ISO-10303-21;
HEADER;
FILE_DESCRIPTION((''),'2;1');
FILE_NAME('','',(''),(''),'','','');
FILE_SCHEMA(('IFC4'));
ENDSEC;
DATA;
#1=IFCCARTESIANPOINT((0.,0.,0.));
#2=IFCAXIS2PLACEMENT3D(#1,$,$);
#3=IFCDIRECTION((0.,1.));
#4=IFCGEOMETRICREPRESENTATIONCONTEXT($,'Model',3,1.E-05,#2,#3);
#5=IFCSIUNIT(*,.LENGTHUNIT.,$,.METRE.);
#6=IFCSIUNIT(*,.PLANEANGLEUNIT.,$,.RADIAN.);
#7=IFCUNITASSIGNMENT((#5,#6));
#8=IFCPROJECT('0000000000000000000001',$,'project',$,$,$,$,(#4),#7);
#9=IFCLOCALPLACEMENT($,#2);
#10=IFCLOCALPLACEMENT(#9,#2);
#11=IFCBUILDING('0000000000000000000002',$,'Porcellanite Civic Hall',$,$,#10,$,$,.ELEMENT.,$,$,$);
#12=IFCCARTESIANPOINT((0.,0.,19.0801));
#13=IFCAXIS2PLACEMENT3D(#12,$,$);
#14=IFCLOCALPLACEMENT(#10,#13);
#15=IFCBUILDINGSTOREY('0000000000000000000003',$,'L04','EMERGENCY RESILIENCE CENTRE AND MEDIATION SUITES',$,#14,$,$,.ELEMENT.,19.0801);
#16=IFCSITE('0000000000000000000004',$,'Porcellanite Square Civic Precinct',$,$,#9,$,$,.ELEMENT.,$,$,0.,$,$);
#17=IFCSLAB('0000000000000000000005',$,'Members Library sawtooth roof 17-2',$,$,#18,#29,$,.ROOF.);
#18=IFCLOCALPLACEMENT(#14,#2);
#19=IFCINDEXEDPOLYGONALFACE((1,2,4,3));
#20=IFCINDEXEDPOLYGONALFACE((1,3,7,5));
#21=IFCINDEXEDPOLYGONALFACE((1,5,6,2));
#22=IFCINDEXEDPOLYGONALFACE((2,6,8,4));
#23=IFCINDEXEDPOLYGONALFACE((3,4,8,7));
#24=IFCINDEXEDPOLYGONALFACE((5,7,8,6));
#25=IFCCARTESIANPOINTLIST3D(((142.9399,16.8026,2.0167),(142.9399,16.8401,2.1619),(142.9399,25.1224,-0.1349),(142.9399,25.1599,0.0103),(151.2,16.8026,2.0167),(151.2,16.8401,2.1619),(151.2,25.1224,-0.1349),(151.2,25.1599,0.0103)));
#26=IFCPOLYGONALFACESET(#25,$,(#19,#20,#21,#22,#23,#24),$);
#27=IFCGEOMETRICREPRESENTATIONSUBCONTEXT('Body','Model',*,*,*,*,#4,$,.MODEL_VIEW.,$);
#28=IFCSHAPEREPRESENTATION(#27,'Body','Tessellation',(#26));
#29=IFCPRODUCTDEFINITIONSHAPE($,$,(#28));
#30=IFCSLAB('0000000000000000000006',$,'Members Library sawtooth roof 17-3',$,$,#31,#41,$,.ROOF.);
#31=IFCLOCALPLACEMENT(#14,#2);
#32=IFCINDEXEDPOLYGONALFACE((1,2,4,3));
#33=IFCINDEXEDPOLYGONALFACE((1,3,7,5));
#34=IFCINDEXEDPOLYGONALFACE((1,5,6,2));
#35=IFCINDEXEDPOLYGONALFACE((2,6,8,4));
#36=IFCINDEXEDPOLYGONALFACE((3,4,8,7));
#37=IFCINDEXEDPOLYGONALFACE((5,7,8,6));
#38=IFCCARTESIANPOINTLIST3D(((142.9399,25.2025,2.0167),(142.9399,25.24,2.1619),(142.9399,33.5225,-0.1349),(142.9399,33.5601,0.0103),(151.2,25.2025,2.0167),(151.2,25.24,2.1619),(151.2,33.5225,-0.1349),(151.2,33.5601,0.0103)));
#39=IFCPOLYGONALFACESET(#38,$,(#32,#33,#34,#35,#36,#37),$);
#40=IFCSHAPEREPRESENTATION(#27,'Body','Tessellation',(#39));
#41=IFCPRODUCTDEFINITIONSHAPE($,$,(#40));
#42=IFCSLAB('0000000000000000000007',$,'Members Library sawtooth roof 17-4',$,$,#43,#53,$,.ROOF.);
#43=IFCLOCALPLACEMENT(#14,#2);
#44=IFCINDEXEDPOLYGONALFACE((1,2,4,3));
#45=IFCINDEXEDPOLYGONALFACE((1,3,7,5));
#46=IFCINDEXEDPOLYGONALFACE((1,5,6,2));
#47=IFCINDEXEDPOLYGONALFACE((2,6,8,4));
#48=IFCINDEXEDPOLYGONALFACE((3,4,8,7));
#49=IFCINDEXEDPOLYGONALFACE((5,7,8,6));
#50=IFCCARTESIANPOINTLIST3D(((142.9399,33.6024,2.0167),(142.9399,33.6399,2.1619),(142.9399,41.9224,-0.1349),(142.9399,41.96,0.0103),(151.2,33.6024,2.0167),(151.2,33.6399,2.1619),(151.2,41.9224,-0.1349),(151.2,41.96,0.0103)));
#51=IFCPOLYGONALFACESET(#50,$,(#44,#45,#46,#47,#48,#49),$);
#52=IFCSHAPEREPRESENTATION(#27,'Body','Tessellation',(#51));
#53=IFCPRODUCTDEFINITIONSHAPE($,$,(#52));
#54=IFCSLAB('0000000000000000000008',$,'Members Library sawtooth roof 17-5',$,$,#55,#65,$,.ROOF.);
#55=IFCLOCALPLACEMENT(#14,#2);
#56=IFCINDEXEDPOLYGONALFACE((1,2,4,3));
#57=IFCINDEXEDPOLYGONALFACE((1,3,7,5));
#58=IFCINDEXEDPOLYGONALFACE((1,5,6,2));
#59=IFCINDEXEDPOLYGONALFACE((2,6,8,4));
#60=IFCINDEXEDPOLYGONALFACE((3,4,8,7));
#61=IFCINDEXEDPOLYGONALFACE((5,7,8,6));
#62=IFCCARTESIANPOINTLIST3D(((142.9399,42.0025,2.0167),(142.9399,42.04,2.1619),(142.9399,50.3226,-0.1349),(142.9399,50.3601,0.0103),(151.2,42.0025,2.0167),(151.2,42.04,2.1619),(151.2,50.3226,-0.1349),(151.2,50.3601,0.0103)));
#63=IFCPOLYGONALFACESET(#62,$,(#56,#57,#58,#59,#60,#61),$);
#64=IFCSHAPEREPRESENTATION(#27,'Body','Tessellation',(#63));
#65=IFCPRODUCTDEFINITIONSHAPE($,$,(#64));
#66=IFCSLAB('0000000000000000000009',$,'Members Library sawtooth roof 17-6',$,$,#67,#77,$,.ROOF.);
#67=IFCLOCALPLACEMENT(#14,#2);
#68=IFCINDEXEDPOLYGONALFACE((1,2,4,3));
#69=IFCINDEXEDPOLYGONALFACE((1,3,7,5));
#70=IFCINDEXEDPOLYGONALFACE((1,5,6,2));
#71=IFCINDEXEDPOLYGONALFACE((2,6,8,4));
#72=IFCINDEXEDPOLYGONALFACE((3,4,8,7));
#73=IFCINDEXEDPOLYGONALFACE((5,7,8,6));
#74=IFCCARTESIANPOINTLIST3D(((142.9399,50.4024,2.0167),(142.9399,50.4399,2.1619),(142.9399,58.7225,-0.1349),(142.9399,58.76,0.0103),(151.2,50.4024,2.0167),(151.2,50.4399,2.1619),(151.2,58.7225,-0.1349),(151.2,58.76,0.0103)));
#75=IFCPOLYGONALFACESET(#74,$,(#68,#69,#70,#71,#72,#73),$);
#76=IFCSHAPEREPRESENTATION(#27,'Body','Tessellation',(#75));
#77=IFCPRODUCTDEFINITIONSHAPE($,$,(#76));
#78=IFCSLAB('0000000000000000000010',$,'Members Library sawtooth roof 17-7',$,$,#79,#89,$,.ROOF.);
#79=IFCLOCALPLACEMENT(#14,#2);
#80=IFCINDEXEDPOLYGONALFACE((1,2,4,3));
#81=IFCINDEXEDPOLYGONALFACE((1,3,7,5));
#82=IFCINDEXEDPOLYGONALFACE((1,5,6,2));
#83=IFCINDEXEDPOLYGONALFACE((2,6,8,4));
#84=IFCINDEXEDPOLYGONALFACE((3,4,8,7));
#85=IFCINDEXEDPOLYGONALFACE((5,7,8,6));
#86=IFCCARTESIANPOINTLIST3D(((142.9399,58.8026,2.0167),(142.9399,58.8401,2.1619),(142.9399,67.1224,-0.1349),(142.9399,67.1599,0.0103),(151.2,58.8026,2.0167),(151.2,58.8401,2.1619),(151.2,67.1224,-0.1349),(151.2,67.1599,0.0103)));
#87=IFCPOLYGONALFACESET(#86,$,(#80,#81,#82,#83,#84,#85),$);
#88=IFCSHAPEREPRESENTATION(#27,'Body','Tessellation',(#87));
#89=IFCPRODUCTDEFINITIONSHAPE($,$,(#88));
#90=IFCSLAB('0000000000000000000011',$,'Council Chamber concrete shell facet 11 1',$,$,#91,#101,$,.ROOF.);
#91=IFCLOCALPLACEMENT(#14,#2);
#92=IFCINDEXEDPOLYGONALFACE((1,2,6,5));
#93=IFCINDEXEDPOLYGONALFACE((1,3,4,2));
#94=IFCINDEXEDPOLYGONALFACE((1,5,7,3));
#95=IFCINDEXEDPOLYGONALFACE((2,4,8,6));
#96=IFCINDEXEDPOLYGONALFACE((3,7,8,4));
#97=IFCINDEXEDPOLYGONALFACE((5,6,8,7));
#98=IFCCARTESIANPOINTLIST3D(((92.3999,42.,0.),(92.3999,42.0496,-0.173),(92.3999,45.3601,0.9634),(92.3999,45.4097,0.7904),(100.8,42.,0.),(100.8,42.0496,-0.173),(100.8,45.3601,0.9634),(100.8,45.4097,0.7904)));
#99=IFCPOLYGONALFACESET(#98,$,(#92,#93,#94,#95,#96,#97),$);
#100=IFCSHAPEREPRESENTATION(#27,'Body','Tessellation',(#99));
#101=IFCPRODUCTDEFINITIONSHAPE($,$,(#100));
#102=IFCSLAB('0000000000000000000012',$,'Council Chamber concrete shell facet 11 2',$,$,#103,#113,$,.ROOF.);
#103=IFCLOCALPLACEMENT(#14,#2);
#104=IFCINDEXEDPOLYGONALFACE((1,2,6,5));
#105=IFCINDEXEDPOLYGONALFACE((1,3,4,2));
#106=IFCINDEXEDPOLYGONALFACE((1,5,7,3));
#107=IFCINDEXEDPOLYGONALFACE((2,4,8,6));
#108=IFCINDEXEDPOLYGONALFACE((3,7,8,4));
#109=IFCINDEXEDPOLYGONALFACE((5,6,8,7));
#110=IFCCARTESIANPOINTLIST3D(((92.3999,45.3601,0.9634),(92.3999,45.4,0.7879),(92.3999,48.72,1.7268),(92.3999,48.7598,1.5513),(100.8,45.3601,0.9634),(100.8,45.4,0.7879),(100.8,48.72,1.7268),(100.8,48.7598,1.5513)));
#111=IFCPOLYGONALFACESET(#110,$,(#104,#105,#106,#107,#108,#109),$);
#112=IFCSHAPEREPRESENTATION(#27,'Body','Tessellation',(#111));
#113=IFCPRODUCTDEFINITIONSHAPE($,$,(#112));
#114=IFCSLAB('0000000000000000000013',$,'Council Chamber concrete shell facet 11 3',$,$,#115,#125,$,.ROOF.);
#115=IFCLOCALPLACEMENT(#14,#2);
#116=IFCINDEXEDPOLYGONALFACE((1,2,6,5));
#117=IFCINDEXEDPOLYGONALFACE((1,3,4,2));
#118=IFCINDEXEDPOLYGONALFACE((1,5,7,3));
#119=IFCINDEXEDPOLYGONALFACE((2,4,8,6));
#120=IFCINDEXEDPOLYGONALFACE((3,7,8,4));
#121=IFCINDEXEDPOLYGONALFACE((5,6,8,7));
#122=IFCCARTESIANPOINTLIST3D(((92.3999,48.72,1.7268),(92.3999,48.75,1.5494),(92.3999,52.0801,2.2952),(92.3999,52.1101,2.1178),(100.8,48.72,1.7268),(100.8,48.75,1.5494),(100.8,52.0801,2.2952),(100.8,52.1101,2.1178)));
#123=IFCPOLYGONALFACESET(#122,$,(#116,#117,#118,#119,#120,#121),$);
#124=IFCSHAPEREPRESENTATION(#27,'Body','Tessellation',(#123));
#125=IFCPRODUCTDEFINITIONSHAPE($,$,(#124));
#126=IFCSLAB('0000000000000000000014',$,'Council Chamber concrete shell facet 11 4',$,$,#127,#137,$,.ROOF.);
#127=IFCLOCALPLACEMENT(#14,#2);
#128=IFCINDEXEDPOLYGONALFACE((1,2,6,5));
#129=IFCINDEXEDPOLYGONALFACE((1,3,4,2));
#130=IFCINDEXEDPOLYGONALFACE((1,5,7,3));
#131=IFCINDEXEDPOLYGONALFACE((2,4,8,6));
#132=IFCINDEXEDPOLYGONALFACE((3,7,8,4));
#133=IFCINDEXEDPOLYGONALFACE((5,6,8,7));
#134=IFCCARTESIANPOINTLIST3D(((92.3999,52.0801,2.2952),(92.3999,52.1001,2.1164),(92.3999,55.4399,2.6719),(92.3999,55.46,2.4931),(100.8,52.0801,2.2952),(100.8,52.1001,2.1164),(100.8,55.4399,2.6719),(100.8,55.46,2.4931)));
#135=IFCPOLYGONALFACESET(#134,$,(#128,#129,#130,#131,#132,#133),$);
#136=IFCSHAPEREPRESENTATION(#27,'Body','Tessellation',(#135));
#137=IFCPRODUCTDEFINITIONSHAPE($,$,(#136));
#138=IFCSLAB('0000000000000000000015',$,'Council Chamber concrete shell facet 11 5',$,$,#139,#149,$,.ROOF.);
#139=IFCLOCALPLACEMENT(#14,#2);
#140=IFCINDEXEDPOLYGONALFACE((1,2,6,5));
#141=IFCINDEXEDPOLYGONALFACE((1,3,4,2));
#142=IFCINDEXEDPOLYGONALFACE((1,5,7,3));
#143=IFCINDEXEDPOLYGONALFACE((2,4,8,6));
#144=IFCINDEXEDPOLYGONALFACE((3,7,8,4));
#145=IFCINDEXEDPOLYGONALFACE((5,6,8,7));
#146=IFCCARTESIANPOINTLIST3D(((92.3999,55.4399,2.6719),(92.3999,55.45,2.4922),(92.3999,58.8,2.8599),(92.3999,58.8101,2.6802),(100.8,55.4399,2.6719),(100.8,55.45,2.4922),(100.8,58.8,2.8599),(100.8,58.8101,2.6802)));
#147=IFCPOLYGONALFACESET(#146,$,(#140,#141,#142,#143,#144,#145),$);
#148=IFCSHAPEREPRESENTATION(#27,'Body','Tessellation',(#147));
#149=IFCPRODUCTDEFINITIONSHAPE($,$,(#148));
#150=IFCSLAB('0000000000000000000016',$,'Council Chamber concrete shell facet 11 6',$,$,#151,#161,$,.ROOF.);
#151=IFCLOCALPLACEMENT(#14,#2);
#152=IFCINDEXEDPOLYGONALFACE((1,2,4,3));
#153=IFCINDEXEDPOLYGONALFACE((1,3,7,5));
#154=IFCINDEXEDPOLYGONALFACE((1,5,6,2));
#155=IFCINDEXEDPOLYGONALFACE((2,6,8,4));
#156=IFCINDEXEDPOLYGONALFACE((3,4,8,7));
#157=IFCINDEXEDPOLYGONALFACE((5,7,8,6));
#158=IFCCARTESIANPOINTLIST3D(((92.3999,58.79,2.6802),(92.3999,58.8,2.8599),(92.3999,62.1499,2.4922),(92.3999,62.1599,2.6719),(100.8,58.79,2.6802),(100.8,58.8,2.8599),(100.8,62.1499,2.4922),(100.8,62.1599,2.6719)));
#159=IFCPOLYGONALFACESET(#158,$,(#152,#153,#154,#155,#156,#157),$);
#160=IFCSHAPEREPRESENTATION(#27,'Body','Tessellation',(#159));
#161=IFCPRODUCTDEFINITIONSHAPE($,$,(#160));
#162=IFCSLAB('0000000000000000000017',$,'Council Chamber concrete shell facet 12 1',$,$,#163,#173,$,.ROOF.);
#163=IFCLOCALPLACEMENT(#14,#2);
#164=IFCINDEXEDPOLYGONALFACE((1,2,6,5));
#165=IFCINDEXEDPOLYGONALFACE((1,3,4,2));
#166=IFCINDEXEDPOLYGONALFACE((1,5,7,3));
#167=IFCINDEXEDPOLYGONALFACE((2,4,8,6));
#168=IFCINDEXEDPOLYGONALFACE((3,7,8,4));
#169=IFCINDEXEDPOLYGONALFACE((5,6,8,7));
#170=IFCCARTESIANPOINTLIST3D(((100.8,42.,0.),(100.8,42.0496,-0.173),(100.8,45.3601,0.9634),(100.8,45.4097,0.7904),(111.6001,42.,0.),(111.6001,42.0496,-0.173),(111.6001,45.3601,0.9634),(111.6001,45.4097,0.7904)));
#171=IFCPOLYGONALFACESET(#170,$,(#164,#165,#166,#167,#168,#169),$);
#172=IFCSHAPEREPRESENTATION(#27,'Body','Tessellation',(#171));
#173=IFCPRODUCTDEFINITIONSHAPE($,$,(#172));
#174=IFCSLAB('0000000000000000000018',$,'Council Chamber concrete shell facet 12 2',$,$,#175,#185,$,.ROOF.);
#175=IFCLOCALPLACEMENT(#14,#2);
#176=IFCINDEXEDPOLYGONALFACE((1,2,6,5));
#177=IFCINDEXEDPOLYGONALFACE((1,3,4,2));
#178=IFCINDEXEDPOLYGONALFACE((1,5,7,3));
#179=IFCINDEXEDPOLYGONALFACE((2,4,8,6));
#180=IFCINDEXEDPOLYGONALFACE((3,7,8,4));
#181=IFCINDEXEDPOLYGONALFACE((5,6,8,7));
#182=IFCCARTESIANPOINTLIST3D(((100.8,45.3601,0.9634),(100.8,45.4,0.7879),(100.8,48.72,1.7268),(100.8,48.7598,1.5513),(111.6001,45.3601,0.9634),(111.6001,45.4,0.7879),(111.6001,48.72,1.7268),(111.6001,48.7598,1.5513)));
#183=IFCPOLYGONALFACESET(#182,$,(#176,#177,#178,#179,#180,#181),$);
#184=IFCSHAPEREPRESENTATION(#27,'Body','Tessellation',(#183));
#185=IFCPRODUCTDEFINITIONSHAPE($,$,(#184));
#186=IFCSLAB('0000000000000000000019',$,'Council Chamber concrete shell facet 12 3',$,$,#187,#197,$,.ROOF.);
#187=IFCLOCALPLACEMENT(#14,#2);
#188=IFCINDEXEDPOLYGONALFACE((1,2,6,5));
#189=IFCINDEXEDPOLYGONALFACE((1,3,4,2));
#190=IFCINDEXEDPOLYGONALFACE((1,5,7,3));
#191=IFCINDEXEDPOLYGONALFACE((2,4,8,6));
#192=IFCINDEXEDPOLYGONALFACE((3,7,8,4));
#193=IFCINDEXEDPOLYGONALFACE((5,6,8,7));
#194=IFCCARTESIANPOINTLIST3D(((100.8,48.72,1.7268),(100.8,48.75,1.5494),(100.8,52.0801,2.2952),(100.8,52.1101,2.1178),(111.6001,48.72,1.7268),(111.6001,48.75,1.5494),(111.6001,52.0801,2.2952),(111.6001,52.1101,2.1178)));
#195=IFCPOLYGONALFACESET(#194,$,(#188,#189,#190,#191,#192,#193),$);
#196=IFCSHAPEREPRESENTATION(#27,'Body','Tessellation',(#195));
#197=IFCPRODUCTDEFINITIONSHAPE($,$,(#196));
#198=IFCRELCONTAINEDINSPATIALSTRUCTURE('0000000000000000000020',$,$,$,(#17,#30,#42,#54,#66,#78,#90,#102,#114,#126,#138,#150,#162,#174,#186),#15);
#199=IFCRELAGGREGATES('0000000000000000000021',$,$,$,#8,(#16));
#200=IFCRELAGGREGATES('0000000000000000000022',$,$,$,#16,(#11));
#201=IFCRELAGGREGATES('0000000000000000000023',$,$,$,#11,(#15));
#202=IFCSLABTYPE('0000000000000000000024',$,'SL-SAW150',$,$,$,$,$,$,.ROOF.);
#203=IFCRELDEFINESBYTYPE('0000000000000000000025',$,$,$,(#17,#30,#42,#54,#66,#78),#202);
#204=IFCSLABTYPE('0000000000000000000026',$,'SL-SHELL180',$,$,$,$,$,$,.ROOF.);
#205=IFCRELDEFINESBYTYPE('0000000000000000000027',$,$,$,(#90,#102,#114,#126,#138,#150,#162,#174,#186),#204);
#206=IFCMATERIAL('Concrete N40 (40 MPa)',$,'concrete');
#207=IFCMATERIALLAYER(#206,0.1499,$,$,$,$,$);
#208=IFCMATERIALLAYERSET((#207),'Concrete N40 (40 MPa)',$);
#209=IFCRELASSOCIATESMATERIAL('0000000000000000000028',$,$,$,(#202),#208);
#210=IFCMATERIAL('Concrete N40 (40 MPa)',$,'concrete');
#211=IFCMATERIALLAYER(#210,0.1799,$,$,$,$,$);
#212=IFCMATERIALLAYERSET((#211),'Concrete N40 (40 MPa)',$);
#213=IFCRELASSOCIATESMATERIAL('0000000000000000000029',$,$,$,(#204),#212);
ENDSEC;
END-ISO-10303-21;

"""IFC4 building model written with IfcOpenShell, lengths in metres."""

from ifc_helpers import new_model, si_unit, direction, frame, origin, place, context, subcontext, project, spatial, polyline, outline, extrude, material, layer, layer_set, type_object, element, save


model = new_model("IFC4")

# Units and contexts
model_context = context("Model", 3, precision=1e-05, world=origin(), true_north=direction((0.0, 1.0)))
body_context = subcontext(model_context, "Body", "Model", "MODEL_VIEW")
ifc_project = project(units=[si_unit("LENGTHUNIT", "METRE"), si_unit("PLANEANGLEUNIT", "RADIAN")], contexts=[model_context])

# Site, building, storey
site_placement = place(None, origin())
site = spatial("IfcSite", under=ifc_project, at=site_placement, Name="Porcellanite Square Civic Precinct", CompositionType="ELEMENT", RefElevation=0.0)
building_placement = place(site_placement, origin())
building = spatial("IfcBuilding", under=site, at=building_placement, Name="Porcellanite Civic Hall", CompositionType="ELEMENT")
storey_placement = place(building_placement, frame((0.0, 0.0, 19.0801)))
storey = spatial("IfcBuildingStorey", under=building, at=storey_placement, Name="L04", Description="EMERGENCY RESILIENCE CENTRE AND MEDIATION SUITES", CompositionType="ELEMENT", Elevation=19.0801)

# Slabs
ifc_material_1 = material(Name="Concrete N40 (40 MPa)", Category="concrete")
ifc_layer_1 = layer(ifc_material_1, 0.1499)
ifc_layer_set_1 = layer_set([ifc_layer_1], Name="Concrete N40 (40 MPa)")
slab_type_1 = type_object("IfcSlabType", Name="SL-SAW150", PredefinedType="ROOF", material=ifc_layer_set_1)
slab_1_placement = place(storey_placement, frame((142.9399, 16.8401, 2.1619), z_axis=(0.0, 0.250375, 0.968149), x_axis=(1.0, 0.0, 0.0)))
element("IfcSlab", 1, at=slab_1_placement, inside=storey, type_object=slab_type_1, Name="Members Library sawtooth roof 17-2", PredefinedType="ROOF", context=body_context, shape_type="SweptSolid", body=[
    extrude(outline(polyline([(0.0, 0.0), (8.26, 0.0), (8.26, 8.5935), (0.0, 8.5935), (0.0, 0.0)])), origin(), (0.0, 0.0, -1.0), 0.1499),
])
for number, where, z_axis, x_axis, name in (
    (2, (142.9399, 25.24, 2.1619), (0.0, 0.250369, 0.968151), (1.0, 0.0, 0.0), "Members Library sawtooth roof 17-3"),
    (3, (142.9399, 33.6399, 2.1619), (0.0, 0.250369, 0.968151), (1.0, 0.0, 0.0), "Members Library sawtooth roof 17-4"),
    (4, (142.9399, 42.04, 2.1619), (0.0, 0.250369, 0.968151), (1.0, 0.0, 0.0), "Members Library sawtooth roof 17-5"),
    (5, (142.9399, 50.4399, 2.1619), (0.0, 0.250369, 0.968151), (1.0, 0.0, 0.0), "Members Library sawtooth roof 17-6"),
):
    element("IfcSlab", number, at=place(storey_placement, frame(where, z_axis=z_axis, x_axis=x_axis)), inside=storey, type_object=slab_type_1, Name=name, PredefinedType="ROOF", context=body_context, shape_type="SweptSolid", body=[
        extrude(outline(polyline([(0.0, 0.0), (8.26, 0.0), (8.26, 8.5938), (0.0, 8.5938), (0.0, 0.0)])), origin(), (0.0, 0.0, -1.0), 0.1499),
    ])
slab_2_placement = place(storey_placement, frame((142.9399, 58.8401, 2.1619), z_axis=(0.0, 0.250375, 0.968149), x_axis=(1.0, 0.0, 0.0)))
element("IfcSlab", 6, at=slab_2_placement, inside=storey, type_object=slab_type_1, Name="Members Library sawtooth roof 17-7", PredefinedType="ROOF", context=body_context, shape_type="SweptSolid", body=[
    extrude(outline(polyline([(0.0, 0.0), (8.26, 0.0), (8.26, 8.5935), (0.0, 8.5935), (0.0, 0.0)])), origin(), (0.0, 0.0, -1.0), 0.1499),
])
ifc_material_2 = material(Name="Concrete N40 (40 MPa)", Category="concrete")
ifc_layer_2 = layer(ifc_material_2, 0.1799)
ifc_layer_set_2 = layer_set([ifc_layer_2], Name="Concrete N40 (40 MPa)")
slab_type_2 = type_object("IfcSlabType", Name="SL-SHELL180", PredefinedType="ROOF", material=ifc_layer_set_2)
slab_3_placement = place(storey_placement, frame((92.3999, 42.0, 0.0), z_axis=(0.0, -0.275607, 0.961271), x_axis=(1.0, 0.0, 0.0)))
element("IfcSlab", 7, at=slab_3_placement, inside=storey, type_object=slab_type_2, Name="Council Chamber concrete shell facet 11 1", PredefinedType="ROOF", context=body_context, shape_type="SweptSolid", body=[
    extrude(outline(polyline([(0.0, 0.0), (8.4001, 0.0), (8.4001, 3.4955), (0.0, 3.4955), (0.0, 0.0)])), origin(), (0.0, 0.0, -1.0), 0.1799),
])
slab_4_placement = place(storey_placement, frame((92.3999, 45.3601, 0.9634), z_axis=(0.0, -0.221572, 0.975144), x_axis=(1.0, 0.0, 0.0)))
element("IfcSlab", 8, at=slab_4_placement, inside=storey, type_object=slab_type_2, Name="Council Chamber concrete shell facet 11 2", PredefinedType="ROOF", context=body_context, shape_type="SweptSolid", body=[
    extrude(outline(polyline([(0.0, 0.0), (8.4001, 0.0), (8.4001, 3.4455), (0.0, 3.4455), (0.0, 0.0)])), origin(), (0.0, 0.0, -1.0), 0.1799),
])
slab_5_placement = place(storey_placement, frame((92.3999, 48.72, 1.7268), z_axis=(0.0, -0.16678, 0.985994), x_axis=(1.0, 0.0, 0.0)))
element("IfcSlab", 9, at=slab_5_placement, inside=storey, type_object=slab_type_2, Name="Council Chamber concrete shell facet 11 3", PredefinedType="ROOF", context=body_context, shape_type="SweptSolid", body=[
    extrude(outline(polyline([(0.0, 0.0), (8.4001, 0.0), (8.4001, 3.4078), (0.0, 3.4078), (0.0, 0.0)])), origin(), (0.0, 0.0, -1.0), 0.1799),
])
slab_6_placement = place(storey_placement, frame((92.3999, 52.0801, 2.2952), z_axis=(0.0, -0.111422, 0.993773), x_axis=(1.0, 0.0, 0.0)))
element("IfcSlab", 10, at=slab_6_placement, inside=storey, type_object=slab_type_2, Name="Council Chamber concrete shell facet 11 4", PredefinedType="ROOF", context=body_context, shape_type="SweptSolid", body=[
    extrude(outline(polyline([(0.0, 0.0), (8.4001, 0.0), (8.4001, 3.3809), (0.0, 3.3809), (0.0, 0.0)])), origin(), (0.0, 0.0, -1.0), 0.1799),
])
slab_7_placement = place(storey_placement, frame((92.3999, 55.4399, 2.6719), z_axis=(0.0, -0.05586, 0.998439), x_axis=(1.0, 0.0, 0.0)))
element("IfcSlab", 11, at=slab_7_placement, inside=storey, type_object=slab_type_2, Name="Council Chamber concrete shell facet 11 5", PredefinedType="ROOF", context=body_context, shape_type="SweptSolid", body=[
    extrude(outline(polyline([(0.0, 0.0), (8.4001, 0.0), (8.4001, 3.3654), (0.0, 3.3654), (0.0, 0.0)])), origin(), (0.0, 0.0, -1.0), 0.1799),
])
slab_8_placement = place(storey_placement, frame((92.3999, 58.8, 2.8599), z_axis=(0.0, 0.055864, 0.998438), x_axis=(1.0, 0.0, 0.0)))
element("IfcSlab", 12, at=slab_8_placement, inside=storey, type_object=slab_type_2, Name="Council Chamber concrete shell facet 11 6", PredefinedType="ROOF", context=body_context, shape_type="SweptSolid", body=[
    extrude(outline(polyline([(0.0, 0.0), (8.4001, 0.0), (8.4001, 3.3651), (0.0, 3.3651), (0.0, 0.0)])), origin(), (0.0, 0.0, -1.0), 0.1799),
])
slab_9_placement = place(storey_placement, frame((100.8, 42.0, 0.0), z_axis=(0.0, -0.275607, 0.961271), x_axis=(1.0, 0.0, 0.0)))
element("IfcSlab", 13, at=slab_9_placement, inside=storey, type_object=slab_type_2, Name="Council Chamber concrete shell facet 12 1", PredefinedType="ROOF", context=body_context, shape_type="SweptSolid", body=[
    extrude(outline(polyline([(0.0, 0.0), (10.8, 0.0), (10.8, 3.4955), (0.0, 3.4955), (0.0, 0.0)])), origin(), (0.0, 0.0, -1.0), 0.1799),
])
slab_10_placement = place(storey_placement, frame((100.8, 45.3601, 0.9634), z_axis=(0.0, -0.221572, 0.975144), x_axis=(1.0, 0.0, 0.0)))
element("IfcSlab", 14, at=slab_10_placement, inside=storey, type_object=slab_type_2, Name="Council Chamber concrete shell facet 12 2", PredefinedType="ROOF", context=body_context, shape_type="SweptSolid", body=[
    extrude(outline(polyline([(0.0, 0.0), (10.8, 0.0), (10.8, 3.4455), (0.0, 3.4455), (0.0, 0.0)])), origin(), (0.0, 0.0, -1.0), 0.1799),
])
slab_11_placement = place(storey_placement, frame((100.8, 48.72, 1.7268), z_axis=(0.0, -0.16678, 0.985994), x_axis=(1.0, 0.0, 0.0)))
element("IfcSlab", 15, at=slab_11_placement, inside=storey, type_object=slab_type_2, Name="Council Chamber concrete shell facet 12 3", PredefinedType="ROOF", context=body_context, shape_type="SweptSolid", body=[
    extrude(outline(polyline([(0.0, 0.0), (10.8, 0.0), (10.8, 3.4078), (0.0, 3.4078), (0.0, 0.0)])), origin(), (0.0, 0.0, -1.0), 0.1799),
])

save(model, "model.ifc")
